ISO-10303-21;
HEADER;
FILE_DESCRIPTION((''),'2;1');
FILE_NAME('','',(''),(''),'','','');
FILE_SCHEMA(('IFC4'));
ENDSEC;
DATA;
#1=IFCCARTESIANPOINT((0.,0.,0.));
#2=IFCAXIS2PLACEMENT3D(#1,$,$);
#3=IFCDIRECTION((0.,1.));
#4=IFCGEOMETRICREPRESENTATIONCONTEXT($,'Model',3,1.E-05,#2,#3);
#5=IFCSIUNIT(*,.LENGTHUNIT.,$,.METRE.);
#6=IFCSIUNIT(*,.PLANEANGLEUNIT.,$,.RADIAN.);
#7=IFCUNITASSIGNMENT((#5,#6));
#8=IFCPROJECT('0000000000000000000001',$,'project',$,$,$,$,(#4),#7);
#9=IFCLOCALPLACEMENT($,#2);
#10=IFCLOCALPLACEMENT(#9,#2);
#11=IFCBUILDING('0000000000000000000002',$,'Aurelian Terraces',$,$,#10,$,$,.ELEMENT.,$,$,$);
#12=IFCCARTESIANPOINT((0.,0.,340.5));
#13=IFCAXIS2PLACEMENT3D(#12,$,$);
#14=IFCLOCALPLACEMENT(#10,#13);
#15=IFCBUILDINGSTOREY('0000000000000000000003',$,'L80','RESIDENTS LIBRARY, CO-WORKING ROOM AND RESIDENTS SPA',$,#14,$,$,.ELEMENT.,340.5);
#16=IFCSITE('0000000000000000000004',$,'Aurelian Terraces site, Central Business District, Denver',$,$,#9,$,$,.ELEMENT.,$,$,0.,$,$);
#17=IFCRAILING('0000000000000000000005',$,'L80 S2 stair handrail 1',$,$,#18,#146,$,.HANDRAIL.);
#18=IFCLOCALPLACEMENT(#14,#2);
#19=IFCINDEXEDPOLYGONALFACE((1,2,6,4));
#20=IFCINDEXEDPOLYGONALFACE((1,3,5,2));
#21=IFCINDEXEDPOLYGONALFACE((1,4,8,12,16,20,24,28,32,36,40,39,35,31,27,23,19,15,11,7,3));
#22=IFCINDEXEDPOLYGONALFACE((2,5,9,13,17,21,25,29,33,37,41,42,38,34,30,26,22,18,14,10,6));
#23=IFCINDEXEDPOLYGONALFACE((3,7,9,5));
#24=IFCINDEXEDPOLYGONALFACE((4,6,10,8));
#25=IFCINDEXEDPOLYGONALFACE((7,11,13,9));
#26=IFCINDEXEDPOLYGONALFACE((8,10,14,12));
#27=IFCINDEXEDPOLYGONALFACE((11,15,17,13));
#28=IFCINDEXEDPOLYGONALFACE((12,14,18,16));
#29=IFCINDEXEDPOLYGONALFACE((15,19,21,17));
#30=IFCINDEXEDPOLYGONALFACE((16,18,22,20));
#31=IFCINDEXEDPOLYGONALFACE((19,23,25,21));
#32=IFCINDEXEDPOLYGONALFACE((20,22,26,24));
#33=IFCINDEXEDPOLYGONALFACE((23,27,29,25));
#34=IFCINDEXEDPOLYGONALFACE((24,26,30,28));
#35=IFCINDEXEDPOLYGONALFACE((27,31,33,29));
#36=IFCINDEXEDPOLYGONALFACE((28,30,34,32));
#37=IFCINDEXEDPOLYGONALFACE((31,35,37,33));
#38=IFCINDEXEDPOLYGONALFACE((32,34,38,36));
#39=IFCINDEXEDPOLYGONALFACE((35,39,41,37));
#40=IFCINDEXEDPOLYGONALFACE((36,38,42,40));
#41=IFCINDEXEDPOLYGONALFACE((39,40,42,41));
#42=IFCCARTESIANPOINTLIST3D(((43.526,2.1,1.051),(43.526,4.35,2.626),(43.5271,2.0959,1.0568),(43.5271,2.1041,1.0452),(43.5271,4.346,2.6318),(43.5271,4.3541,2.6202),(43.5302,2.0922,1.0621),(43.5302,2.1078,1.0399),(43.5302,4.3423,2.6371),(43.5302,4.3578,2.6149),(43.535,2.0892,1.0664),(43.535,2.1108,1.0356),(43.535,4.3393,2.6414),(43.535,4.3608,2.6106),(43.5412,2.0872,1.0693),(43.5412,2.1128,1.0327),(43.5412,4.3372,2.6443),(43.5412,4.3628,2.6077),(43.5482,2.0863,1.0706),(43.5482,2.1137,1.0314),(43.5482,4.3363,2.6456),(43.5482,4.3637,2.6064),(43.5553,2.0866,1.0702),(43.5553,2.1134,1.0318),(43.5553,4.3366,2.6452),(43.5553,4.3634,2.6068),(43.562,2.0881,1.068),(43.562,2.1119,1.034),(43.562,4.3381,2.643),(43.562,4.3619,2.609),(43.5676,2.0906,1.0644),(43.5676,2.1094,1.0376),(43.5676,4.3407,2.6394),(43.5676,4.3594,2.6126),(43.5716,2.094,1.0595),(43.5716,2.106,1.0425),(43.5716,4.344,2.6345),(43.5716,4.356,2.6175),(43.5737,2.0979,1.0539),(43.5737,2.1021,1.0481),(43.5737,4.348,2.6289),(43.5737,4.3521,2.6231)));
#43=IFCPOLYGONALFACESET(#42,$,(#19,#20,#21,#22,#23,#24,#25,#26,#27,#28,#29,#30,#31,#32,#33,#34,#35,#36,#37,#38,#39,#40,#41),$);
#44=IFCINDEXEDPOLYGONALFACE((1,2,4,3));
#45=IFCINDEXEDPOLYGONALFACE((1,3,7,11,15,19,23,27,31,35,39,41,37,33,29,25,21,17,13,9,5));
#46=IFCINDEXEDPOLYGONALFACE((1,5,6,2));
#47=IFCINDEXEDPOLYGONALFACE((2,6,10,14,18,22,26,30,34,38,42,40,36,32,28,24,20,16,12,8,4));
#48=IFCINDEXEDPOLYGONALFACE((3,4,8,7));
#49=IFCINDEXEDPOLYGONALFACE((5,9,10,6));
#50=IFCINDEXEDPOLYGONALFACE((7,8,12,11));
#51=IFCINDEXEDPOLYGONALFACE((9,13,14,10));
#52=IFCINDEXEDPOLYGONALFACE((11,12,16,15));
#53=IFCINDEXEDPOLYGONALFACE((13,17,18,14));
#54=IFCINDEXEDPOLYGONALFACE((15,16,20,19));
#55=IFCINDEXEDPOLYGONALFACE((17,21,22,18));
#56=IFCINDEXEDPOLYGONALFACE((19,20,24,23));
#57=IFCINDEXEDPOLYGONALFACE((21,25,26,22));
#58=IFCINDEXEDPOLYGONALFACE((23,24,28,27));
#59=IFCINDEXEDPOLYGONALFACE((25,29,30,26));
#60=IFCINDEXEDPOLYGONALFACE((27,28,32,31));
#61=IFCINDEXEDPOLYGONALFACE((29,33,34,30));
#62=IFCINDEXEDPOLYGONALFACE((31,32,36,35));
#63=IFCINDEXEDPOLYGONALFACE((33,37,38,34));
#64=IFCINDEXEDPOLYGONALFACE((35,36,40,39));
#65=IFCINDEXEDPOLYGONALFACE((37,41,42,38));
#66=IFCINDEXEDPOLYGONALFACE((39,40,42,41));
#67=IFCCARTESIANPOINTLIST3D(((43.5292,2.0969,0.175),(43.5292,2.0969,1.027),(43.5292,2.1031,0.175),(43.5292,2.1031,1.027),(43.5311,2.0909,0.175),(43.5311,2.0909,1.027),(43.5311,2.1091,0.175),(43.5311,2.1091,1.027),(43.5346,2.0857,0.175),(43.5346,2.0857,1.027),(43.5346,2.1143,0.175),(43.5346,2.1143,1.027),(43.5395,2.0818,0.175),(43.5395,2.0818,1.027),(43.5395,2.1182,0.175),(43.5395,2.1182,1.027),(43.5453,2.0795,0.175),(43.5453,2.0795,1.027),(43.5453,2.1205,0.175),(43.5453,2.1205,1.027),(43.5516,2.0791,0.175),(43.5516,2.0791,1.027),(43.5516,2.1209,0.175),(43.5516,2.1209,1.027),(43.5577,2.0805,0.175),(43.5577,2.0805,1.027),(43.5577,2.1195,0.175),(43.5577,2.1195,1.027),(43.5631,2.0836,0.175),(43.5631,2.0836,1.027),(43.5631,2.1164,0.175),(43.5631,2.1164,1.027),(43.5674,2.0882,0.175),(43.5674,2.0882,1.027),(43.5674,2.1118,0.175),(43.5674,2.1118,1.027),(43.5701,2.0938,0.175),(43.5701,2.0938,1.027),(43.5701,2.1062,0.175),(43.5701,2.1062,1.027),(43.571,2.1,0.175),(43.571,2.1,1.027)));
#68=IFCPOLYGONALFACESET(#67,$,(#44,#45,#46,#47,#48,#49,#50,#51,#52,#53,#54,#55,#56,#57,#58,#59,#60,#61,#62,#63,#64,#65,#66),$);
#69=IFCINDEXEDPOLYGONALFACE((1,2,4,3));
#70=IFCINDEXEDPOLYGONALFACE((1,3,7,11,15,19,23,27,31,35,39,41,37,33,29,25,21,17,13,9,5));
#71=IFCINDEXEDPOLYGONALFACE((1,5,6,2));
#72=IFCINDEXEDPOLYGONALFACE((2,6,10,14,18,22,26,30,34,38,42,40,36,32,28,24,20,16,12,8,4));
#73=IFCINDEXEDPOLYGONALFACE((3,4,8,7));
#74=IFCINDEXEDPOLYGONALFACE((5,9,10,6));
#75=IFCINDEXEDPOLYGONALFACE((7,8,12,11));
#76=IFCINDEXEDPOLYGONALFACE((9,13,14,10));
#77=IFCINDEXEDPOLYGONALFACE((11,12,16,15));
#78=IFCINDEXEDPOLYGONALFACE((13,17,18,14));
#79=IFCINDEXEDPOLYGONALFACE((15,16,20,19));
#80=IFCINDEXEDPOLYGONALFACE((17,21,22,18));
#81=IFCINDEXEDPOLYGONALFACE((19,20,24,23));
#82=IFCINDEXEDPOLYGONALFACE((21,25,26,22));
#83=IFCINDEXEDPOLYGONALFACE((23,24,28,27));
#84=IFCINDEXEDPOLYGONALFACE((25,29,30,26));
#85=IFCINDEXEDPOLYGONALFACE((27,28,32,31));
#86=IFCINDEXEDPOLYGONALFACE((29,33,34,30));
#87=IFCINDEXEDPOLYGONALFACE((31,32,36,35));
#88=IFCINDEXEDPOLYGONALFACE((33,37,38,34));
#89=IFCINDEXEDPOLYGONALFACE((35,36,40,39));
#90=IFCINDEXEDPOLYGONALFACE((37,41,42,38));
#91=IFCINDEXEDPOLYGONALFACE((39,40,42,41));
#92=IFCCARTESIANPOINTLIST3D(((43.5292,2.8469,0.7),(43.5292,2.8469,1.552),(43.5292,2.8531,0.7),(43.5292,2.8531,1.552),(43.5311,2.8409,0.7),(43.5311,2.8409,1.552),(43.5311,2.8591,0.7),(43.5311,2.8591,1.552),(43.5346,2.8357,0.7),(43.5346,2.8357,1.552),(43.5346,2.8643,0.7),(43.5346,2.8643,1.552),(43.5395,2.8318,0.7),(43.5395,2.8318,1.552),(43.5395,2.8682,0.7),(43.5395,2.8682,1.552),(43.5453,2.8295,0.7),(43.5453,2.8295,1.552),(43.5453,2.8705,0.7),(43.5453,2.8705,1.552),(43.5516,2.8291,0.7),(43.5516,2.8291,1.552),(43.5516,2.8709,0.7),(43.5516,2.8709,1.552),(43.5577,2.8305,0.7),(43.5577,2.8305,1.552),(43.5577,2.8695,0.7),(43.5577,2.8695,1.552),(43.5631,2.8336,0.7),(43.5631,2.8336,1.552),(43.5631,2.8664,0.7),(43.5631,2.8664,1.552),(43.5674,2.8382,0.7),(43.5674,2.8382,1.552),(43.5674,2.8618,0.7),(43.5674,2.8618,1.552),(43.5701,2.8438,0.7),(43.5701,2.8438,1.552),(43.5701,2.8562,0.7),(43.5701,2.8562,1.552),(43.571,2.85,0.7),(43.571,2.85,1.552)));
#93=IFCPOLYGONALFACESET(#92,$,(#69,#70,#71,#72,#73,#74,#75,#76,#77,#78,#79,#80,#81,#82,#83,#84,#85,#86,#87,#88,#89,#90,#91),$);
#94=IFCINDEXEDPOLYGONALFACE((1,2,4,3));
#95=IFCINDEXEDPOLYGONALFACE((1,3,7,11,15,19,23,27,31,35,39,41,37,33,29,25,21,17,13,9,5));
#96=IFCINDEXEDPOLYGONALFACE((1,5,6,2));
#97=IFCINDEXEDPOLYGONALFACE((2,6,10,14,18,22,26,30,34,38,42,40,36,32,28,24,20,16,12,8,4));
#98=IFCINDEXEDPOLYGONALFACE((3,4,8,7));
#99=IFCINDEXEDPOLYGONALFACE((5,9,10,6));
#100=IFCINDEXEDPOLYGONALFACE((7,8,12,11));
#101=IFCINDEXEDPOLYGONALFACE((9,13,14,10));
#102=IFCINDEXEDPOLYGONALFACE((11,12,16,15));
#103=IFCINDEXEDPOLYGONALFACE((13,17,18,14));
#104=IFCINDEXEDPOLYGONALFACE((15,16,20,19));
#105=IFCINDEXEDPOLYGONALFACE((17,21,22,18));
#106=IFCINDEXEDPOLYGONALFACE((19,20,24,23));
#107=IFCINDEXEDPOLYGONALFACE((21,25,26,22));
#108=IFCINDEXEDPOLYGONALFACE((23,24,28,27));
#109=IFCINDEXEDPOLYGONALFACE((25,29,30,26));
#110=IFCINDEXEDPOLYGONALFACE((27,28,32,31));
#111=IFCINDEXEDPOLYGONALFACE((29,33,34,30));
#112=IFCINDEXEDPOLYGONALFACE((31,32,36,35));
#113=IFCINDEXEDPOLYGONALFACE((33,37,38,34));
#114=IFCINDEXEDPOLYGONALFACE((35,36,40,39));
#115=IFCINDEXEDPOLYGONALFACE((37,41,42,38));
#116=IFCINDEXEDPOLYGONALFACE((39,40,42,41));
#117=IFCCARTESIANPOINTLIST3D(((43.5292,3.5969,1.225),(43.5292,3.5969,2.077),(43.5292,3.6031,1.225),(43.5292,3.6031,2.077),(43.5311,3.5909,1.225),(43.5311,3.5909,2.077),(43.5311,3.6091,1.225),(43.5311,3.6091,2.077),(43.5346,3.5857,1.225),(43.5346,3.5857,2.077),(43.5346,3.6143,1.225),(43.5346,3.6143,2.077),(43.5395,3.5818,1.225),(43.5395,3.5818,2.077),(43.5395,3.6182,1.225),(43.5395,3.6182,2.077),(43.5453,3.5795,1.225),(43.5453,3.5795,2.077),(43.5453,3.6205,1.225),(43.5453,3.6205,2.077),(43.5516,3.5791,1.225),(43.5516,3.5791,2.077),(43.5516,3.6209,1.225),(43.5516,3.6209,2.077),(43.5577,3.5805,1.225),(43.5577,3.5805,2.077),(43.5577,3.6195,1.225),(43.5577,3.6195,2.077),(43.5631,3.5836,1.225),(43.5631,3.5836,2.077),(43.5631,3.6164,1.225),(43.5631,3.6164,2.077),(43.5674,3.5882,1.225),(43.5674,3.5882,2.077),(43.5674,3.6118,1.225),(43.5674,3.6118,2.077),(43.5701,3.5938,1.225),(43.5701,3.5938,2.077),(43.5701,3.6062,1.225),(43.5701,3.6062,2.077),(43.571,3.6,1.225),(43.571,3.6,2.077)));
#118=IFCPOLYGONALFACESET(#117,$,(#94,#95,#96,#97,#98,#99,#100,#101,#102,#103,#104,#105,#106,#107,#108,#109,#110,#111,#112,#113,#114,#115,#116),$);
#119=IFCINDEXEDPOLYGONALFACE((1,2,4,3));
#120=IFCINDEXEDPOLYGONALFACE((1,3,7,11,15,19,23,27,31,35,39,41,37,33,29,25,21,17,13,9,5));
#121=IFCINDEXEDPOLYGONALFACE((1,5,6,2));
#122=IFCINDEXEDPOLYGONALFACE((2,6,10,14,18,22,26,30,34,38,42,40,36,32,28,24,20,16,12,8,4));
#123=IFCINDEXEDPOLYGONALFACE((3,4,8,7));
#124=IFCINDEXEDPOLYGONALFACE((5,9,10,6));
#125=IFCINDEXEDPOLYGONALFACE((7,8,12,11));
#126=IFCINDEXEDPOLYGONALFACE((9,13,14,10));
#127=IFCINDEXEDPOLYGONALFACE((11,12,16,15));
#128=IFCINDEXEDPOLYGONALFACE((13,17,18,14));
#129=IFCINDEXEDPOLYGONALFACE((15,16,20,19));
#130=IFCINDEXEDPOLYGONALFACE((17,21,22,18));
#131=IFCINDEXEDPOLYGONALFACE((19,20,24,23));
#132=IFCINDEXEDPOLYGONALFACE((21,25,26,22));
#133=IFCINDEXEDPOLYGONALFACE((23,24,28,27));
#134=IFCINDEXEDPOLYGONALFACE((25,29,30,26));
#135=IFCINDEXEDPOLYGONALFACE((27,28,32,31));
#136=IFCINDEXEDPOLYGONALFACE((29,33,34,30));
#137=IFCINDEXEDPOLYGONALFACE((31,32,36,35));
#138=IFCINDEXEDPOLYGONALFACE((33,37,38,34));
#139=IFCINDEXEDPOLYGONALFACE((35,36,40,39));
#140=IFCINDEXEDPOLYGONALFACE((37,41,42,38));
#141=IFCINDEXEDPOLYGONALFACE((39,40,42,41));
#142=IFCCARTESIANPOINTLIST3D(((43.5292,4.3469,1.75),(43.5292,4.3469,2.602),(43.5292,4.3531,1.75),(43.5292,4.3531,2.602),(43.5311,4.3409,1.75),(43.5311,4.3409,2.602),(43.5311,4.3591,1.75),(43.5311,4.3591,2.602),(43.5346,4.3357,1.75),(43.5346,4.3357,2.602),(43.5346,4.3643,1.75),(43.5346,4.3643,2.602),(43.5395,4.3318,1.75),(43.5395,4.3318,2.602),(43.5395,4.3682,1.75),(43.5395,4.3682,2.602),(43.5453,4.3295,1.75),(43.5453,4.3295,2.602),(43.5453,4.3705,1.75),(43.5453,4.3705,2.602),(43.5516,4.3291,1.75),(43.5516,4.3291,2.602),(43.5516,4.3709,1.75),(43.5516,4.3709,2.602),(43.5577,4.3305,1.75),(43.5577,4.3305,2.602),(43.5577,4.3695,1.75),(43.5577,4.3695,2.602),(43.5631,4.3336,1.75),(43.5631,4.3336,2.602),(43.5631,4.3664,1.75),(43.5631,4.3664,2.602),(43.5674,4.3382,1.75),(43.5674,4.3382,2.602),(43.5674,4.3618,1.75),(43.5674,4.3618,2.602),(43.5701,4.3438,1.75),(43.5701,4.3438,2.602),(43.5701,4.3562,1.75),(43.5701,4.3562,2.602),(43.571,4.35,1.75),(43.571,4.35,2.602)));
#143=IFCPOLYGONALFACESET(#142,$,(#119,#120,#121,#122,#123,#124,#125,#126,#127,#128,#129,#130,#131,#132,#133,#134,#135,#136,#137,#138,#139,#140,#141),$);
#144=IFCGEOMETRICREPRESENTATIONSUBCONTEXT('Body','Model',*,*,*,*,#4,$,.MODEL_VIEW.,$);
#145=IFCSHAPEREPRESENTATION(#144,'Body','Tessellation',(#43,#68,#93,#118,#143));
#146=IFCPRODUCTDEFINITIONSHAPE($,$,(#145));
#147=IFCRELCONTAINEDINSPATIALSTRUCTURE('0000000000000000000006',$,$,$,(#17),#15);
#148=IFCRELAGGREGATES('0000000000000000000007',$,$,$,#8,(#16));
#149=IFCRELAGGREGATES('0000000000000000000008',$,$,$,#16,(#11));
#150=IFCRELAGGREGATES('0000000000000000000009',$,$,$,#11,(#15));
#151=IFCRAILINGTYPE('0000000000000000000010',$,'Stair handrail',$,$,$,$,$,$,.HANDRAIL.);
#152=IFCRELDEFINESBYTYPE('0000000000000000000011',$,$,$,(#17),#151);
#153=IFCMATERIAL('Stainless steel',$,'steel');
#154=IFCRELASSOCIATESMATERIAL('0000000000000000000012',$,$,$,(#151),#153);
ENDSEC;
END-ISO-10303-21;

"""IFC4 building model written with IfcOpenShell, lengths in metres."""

from ifc_helpers import new_model, si_unit, direction, frame, origin, origin_2d, place, context, subcontext, project, spatial, circle, extrude, source, transform, mapped, material, type_object, element, save


model = new_model("IFC4")

# Units and contexts
model_context = context("Model", 3, precision=1e-05, world=origin(), true_north=direction((0.0, 1.0)))
body_context = subcontext(model_context, "Body", "Model", "MODEL_VIEW")
ifc_project = project(units=[si_unit("LENGTHUNIT", "METRE"), si_unit("PLANEANGLEUNIT", "RADIAN")], contexts=[model_context])

# Site, building, storey
site_placement = place(None, origin())
site = spatial("IfcSite", under=ifc_project, at=site_placement, Name="Aurelian Terraces site, Central Business District, Denver", CompositionType="ELEMENT", RefElevation=0.0)
building_placement = place(site_placement, origin())
building = spatial("IfcBuilding", under=site, at=building_placement, Name="Aurelian Terraces", CompositionType="ELEMENT")
storey_placement = place(building_placement, frame((0.0, 0.0, 340.5)))
storey = spatial("IfcBuildingStorey", under=building, at=storey_placement, Name="L80", Description="RESIDENTS LIBRARY, CO-WORKING ROOM AND RESIDENTS SPA", CompositionType="ELEMENT", Elevation=340.5)

# Railing
ifc_material_1 = material(Name="Stainless steel", Category="steel")
railing_type_1 = type_object("IfcRailingType", Name="Stair handrail", PredefinedType="HANDRAIL", material=ifc_material_1)
shared_shape_1 = source(origin(), body_context, "Body", "SweptSolid", [
    extrude(circle(Radius=0.024, at=origin_2d()), frame((0.0, 0.0, 0.876), z_axis=(0.0, 0.819232, 0.573462), x_axis=(-1.0, 0.0, 0.0)), (0.0, 0.0, 1.0), 2.7465),
    extrude(circle(Radius=0.021, at=origin_2d()), origin(), (0.0, 0.0, 1.0), 0.852),
    extrude(circle(Radius=0.021, at=origin_2d()), frame((0.0, 0.75, 0.525)), (0.0, 0.0, 1.0), 0.852),
    extrude(circle(Radius=0.021, at=origin_2d()), frame((0.0, 1.5, 1.05)), (0.0, 0.0, 1.0), 0.852),
    extrude(circle(Radius=0.021, at=origin_2d()), frame((0.0, 2.25, 1.575)), (0.0, 0.0, 1.0), 0.852),
])
railing_1_placement = place(storey_placement, frame((43.55, 2.1, 0.175)))
element("IfcRailing", 1, at=railing_1_placement, inside=storey, type_object=railing_type_1, Name="L80 S2 stair handrail 1", PredefinedType="HANDRAIL", context=body_context, shape_type="MappedRepresentation", body=[
    mapped(shared_shape_1, transform((0.0, 0.0, 0.0), scale=1.0)),
])

save(model, "model.ifc")
